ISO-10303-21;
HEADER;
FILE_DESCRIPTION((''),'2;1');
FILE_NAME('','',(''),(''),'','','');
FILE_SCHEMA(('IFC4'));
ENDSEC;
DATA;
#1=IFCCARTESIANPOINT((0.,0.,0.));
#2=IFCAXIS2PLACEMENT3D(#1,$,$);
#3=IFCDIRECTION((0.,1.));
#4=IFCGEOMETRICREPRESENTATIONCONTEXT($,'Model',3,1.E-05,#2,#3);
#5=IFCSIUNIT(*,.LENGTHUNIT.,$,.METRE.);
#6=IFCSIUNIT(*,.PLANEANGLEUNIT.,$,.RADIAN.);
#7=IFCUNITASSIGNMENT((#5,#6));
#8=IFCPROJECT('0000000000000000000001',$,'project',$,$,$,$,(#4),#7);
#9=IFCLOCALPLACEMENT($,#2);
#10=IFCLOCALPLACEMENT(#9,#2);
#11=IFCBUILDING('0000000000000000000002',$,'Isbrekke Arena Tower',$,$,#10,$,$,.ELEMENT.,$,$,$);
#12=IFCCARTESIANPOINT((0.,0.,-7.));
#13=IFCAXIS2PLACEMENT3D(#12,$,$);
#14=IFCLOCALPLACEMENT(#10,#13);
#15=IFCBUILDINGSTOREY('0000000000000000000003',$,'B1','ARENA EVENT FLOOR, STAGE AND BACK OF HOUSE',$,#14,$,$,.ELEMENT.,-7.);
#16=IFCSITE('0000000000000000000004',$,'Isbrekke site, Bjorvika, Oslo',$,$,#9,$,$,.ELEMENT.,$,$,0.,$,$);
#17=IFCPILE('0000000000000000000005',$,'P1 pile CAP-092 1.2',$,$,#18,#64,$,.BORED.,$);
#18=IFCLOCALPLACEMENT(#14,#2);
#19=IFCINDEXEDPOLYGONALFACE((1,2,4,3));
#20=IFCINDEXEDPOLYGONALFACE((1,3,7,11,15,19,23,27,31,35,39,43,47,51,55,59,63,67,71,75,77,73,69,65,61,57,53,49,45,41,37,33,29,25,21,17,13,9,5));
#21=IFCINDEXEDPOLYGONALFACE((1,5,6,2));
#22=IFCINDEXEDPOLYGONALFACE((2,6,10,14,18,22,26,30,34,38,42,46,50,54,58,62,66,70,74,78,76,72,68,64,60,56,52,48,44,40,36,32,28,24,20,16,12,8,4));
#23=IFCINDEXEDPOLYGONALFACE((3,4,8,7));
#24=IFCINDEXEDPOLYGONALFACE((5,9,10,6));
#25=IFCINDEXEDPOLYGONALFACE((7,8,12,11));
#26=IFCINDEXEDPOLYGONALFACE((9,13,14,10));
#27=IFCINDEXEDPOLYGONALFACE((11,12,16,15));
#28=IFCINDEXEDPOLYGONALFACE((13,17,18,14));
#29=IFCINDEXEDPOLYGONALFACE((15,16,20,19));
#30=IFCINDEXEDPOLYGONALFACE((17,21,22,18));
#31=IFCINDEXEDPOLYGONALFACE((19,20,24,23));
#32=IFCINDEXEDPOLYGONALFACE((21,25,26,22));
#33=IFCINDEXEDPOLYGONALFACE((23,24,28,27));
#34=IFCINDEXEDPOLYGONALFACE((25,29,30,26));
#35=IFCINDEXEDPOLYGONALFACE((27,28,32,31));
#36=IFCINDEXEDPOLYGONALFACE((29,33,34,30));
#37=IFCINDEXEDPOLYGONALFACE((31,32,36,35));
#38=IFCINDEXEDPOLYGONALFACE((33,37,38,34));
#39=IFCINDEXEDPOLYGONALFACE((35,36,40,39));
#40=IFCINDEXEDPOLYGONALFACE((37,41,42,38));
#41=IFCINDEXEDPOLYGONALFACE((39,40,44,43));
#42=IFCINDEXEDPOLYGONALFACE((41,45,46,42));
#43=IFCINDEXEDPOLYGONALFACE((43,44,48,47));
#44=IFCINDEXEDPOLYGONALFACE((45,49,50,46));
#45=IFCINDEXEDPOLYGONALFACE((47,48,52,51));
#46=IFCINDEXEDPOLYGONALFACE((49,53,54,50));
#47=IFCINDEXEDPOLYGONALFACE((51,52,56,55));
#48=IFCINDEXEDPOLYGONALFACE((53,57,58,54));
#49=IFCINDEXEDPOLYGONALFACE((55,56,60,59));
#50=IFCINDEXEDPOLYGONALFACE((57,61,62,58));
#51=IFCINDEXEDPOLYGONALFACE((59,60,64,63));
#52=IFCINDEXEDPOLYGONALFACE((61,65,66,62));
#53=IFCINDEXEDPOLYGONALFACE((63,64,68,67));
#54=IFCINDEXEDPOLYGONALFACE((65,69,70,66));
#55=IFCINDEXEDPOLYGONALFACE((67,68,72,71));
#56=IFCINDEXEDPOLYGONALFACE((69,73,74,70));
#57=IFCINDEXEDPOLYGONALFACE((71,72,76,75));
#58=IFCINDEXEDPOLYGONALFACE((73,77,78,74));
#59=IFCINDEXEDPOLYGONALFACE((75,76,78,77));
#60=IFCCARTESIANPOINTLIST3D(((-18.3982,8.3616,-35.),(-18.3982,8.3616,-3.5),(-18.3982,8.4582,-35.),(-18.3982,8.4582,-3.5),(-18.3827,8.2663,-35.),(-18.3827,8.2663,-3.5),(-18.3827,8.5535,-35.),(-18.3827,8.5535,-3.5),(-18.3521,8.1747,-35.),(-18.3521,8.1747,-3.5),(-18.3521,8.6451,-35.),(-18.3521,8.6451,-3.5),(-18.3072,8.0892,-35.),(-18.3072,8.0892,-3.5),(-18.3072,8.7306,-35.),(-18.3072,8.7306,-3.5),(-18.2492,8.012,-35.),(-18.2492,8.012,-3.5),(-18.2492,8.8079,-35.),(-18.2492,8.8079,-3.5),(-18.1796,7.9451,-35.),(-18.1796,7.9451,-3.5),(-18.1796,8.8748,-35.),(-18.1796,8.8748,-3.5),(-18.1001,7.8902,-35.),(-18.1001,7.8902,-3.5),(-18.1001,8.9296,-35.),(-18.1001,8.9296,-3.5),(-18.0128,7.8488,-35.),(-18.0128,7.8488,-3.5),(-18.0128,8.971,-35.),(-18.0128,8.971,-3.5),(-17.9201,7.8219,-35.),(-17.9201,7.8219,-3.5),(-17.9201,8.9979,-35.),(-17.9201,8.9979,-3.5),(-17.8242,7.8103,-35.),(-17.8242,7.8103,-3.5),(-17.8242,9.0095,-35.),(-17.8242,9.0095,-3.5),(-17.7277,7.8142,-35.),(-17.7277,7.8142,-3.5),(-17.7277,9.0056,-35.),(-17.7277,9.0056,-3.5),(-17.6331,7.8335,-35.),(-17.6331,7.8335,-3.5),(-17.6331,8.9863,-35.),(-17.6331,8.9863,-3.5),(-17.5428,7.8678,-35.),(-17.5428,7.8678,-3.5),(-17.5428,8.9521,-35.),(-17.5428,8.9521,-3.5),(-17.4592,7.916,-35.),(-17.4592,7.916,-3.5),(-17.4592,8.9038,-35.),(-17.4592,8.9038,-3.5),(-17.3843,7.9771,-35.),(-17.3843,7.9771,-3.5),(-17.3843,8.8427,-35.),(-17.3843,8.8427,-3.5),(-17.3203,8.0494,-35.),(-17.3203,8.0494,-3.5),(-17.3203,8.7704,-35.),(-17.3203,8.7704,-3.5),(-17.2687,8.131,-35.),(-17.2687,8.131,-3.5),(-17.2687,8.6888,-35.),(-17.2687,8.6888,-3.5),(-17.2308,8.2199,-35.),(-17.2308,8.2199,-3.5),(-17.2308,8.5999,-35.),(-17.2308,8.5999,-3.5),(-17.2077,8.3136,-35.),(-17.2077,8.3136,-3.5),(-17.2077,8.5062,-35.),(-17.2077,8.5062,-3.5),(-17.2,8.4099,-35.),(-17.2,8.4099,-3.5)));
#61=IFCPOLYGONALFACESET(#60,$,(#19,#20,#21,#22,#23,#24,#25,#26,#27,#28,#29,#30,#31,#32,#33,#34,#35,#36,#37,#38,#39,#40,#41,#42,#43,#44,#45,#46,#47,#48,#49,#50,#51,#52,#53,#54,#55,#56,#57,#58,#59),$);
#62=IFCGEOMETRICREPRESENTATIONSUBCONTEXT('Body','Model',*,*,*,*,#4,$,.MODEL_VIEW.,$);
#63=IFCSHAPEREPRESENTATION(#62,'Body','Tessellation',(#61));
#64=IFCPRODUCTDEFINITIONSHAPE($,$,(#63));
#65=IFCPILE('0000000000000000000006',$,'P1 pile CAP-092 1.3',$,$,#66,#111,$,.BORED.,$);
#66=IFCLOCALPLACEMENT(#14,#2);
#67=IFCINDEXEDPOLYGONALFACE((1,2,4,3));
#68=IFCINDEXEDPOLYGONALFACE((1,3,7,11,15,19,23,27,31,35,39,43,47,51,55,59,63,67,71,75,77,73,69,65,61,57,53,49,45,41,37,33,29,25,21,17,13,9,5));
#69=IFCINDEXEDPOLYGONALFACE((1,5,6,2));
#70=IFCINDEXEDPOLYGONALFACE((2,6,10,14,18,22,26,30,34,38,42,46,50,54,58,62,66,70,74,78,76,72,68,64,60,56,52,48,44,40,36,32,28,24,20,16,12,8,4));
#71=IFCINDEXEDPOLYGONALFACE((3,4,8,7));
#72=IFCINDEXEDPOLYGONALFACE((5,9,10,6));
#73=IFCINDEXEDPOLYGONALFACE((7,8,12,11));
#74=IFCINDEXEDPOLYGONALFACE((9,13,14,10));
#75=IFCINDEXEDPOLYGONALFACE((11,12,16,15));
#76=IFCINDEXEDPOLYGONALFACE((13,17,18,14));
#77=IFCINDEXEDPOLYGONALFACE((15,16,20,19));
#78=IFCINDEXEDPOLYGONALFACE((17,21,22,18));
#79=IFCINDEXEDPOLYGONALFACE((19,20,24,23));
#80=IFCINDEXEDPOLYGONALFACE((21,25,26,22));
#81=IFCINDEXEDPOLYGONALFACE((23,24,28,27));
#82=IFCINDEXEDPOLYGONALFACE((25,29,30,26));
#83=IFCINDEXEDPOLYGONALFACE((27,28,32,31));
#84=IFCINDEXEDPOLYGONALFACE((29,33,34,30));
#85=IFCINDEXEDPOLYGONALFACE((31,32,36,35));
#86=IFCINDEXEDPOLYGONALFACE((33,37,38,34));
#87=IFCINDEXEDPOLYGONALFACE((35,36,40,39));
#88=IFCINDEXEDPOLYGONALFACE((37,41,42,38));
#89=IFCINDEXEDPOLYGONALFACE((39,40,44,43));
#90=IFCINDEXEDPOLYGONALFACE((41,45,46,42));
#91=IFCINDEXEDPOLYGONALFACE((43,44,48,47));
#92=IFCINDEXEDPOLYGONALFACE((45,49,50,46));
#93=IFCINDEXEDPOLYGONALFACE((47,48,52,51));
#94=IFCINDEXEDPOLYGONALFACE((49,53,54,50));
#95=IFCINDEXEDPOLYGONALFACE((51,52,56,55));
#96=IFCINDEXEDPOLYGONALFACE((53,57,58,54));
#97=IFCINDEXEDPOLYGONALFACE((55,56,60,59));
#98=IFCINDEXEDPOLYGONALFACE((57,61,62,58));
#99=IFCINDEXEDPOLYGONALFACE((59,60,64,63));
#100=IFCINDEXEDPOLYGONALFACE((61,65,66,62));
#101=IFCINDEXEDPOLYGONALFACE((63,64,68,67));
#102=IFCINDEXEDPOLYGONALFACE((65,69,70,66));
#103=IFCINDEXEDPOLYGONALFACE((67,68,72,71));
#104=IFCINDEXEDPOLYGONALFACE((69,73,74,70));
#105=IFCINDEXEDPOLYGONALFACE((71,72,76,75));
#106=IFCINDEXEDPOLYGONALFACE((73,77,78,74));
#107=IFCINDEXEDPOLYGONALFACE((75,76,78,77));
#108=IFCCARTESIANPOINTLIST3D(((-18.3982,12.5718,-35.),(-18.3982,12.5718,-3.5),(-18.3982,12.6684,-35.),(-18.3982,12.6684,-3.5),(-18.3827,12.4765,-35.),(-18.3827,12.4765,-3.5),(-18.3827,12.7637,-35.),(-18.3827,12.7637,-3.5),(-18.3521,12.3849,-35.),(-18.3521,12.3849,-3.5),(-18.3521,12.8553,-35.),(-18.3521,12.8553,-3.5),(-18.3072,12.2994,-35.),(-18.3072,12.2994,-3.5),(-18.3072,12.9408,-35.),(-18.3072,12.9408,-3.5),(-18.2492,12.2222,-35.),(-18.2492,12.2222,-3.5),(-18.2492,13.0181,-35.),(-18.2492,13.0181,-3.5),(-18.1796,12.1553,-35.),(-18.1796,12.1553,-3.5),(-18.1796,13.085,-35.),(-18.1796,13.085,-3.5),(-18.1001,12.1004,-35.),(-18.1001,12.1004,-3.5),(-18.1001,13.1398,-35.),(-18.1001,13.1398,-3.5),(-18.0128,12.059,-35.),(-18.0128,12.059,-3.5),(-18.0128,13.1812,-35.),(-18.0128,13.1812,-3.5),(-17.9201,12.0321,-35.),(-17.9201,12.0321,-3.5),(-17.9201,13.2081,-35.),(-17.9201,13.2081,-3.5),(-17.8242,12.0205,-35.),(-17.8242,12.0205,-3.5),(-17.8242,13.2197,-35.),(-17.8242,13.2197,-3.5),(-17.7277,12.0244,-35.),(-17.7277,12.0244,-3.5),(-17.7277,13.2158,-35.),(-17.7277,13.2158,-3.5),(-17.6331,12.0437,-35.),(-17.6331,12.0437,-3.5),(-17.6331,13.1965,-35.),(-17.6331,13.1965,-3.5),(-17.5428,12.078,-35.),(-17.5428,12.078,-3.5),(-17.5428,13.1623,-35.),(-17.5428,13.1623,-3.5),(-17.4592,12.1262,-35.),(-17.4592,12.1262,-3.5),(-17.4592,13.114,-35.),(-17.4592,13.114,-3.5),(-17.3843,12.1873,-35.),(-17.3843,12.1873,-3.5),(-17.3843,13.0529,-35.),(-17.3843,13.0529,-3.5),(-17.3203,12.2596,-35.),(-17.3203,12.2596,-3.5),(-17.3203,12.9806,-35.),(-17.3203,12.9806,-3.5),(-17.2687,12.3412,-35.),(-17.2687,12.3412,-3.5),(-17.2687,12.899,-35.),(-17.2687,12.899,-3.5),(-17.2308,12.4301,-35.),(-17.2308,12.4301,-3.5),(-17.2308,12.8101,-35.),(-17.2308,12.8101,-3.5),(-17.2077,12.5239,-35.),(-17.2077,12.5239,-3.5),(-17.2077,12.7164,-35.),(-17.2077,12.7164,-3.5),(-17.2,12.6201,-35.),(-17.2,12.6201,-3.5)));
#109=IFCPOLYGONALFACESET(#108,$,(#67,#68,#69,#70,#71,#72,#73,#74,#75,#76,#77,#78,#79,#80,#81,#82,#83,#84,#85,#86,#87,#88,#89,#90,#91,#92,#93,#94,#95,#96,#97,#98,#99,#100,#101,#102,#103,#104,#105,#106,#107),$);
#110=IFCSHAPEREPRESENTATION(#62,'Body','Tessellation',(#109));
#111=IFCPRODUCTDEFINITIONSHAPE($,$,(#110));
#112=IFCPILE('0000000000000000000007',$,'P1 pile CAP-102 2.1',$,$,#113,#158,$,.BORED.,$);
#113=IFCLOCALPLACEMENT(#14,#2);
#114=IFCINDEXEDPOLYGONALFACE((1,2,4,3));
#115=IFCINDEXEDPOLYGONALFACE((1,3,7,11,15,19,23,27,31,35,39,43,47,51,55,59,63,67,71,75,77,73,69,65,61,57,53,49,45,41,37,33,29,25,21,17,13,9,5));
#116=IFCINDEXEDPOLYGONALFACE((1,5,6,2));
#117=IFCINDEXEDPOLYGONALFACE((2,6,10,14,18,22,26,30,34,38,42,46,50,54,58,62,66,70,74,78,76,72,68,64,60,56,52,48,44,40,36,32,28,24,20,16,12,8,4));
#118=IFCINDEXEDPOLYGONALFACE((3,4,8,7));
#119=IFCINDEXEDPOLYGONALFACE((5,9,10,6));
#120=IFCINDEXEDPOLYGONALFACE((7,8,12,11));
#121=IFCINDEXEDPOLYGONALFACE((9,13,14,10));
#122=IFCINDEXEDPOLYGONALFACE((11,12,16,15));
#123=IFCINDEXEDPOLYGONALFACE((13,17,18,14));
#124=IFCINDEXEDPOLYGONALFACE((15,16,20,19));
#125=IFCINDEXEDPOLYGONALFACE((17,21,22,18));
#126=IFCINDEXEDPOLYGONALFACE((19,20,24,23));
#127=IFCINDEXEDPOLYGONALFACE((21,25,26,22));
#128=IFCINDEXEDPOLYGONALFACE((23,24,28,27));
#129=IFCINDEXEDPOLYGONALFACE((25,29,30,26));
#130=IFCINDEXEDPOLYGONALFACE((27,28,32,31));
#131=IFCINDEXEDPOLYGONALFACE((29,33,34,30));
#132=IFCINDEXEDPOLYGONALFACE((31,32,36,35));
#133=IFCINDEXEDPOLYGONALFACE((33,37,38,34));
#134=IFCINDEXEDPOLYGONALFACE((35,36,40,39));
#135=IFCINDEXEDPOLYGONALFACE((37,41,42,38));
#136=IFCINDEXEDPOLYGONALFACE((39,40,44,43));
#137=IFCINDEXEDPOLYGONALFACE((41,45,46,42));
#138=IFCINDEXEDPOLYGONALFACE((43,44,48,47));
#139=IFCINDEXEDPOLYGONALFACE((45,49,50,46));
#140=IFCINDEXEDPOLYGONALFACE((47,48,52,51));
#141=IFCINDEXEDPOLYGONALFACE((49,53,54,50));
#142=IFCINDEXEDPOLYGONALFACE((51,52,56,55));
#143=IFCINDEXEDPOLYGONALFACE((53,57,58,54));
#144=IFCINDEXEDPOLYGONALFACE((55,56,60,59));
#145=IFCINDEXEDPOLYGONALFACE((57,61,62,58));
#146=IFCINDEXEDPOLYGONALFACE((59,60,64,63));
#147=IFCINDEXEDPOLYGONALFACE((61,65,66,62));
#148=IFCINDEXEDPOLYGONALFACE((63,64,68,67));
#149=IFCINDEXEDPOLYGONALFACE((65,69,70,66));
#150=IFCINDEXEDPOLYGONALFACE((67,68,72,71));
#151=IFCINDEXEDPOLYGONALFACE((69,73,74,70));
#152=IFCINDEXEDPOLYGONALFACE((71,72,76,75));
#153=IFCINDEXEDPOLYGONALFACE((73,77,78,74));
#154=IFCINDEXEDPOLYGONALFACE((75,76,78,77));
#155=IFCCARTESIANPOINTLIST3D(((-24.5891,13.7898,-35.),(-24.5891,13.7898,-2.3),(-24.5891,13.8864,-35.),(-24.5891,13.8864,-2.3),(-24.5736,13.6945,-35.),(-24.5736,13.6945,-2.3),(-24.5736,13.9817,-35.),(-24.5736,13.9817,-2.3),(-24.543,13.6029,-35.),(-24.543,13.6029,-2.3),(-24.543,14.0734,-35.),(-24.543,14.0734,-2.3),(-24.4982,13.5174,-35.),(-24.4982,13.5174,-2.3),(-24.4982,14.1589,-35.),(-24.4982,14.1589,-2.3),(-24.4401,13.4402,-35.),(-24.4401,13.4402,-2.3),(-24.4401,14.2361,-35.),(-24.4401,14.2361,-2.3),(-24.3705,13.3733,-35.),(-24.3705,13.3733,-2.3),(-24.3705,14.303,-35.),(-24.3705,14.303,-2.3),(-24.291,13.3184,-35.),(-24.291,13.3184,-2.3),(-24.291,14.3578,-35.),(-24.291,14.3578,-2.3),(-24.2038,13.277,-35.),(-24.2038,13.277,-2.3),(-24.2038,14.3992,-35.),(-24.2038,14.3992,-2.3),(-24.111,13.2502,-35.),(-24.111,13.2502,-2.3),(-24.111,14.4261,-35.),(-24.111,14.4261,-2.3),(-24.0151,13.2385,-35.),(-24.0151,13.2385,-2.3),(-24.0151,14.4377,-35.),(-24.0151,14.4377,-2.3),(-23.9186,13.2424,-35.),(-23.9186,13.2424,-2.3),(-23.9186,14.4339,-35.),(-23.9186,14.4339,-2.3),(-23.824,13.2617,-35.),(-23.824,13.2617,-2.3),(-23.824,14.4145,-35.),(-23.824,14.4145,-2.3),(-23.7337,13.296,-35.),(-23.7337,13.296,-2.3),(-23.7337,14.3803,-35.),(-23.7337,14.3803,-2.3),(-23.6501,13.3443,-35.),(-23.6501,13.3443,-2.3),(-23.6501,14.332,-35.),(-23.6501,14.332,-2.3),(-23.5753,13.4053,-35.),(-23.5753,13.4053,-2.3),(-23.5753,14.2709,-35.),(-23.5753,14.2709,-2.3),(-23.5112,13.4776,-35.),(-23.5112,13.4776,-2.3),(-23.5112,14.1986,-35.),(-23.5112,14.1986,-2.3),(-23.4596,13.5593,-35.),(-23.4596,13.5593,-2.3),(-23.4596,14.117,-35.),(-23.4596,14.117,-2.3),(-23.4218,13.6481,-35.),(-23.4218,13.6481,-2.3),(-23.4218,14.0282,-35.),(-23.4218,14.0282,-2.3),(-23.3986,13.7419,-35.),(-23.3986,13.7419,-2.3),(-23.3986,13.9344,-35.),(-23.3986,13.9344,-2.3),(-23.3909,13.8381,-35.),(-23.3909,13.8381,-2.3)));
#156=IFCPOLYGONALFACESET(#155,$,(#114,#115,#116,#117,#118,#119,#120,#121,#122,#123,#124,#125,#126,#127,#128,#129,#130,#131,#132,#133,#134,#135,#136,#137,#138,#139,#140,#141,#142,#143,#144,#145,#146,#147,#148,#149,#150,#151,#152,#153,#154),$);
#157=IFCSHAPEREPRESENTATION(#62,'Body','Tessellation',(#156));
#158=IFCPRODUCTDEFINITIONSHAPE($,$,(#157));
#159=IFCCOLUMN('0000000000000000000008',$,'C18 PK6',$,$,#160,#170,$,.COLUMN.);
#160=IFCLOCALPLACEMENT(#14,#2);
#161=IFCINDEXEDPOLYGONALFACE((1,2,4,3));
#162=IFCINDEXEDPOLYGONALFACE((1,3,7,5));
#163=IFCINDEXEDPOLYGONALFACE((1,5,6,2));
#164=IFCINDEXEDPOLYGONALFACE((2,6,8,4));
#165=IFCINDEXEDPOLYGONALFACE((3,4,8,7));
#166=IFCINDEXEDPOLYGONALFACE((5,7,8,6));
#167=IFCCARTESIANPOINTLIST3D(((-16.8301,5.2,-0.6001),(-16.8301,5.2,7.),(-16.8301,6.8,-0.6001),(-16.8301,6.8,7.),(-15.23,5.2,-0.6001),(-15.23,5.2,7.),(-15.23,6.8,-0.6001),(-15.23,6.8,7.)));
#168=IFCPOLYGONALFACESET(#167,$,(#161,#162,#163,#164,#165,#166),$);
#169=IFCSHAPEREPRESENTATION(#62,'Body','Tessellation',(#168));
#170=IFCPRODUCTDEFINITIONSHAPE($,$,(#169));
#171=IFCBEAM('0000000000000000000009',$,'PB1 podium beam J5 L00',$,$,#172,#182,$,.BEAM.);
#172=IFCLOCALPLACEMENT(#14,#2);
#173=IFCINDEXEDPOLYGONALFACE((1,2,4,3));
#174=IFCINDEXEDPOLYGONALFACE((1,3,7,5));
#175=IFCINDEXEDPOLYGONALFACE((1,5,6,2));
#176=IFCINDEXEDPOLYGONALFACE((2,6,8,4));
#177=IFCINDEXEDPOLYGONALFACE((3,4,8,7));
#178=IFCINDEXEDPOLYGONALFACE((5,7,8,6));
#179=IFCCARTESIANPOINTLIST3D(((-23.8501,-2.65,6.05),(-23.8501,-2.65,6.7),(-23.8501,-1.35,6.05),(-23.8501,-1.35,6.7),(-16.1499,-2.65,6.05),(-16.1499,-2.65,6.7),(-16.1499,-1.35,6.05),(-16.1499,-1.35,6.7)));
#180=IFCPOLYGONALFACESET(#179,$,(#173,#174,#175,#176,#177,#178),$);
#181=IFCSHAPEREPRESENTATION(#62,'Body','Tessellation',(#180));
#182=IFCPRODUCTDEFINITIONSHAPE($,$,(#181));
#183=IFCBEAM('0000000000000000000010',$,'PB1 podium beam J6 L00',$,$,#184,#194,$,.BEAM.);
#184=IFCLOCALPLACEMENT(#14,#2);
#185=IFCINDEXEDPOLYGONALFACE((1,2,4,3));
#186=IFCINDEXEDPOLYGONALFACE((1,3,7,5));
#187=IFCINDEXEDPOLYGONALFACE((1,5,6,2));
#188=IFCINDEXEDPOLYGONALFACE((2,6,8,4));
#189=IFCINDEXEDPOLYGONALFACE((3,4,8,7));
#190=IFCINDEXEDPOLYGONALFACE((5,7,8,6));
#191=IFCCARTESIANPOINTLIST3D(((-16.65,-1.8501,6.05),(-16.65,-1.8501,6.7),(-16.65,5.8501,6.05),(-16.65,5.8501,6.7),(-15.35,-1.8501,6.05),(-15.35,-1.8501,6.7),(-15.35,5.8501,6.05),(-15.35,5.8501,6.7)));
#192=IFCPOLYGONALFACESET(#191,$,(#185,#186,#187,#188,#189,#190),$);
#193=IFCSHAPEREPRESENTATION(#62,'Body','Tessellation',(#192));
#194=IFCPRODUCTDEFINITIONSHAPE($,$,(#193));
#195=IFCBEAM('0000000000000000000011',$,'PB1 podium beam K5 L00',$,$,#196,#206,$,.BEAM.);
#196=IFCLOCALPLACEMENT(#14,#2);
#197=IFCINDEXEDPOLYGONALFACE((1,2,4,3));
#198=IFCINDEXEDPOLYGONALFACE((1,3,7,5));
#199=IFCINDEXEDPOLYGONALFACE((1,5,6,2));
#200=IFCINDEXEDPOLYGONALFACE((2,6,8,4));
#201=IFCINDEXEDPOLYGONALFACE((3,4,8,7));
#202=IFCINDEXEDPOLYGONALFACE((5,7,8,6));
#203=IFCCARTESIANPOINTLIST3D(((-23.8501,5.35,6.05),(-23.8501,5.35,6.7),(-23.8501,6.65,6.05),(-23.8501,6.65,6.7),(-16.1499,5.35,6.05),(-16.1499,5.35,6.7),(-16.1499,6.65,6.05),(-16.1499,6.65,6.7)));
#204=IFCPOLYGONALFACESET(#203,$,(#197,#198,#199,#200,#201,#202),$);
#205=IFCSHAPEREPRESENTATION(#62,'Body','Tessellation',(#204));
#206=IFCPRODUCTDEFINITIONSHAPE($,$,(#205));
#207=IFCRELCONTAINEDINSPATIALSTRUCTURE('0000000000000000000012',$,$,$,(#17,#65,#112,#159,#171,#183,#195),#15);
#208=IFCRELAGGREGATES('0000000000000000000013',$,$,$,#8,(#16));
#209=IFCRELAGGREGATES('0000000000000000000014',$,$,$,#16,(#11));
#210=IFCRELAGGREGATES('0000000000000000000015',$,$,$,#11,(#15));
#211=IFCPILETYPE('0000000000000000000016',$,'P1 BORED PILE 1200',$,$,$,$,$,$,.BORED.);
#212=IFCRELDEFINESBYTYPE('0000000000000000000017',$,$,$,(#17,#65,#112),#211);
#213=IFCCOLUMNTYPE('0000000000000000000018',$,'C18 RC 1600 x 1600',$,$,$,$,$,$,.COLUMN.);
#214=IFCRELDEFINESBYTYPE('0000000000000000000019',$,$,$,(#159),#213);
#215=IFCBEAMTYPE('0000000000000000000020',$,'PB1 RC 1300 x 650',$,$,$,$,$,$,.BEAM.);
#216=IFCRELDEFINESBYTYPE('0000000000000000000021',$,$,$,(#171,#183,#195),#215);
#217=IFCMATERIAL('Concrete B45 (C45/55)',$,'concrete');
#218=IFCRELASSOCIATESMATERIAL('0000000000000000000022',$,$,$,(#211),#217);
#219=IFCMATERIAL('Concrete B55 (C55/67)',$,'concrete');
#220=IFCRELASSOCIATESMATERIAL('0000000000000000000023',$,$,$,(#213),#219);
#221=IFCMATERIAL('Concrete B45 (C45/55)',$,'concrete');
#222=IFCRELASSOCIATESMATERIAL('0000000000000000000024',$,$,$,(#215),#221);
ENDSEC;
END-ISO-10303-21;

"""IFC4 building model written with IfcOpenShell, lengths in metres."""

from ifc_helpers import new_model, si_unit, direction, frame, origin, origin_2d, place, context, subcontext, project, spatial, rectangle, circle, extrude, material, material_profile, profile_set, type_object, element, save


model = new_model("IFC4")

# Units and contexts
model_context = context("Model", 3, precision=1e-05, world=origin(), true_north=direction((0.0, 1.0)))
body_context = subcontext(model_context, "Body", "Model", "MODEL_VIEW")
ifc_project = project(units=[si_unit("LENGTHUNIT", "METRE"), si_unit("PLANEANGLEUNIT", "RADIAN")], contexts=[model_context])

# Site, building, storey
site_placement = place(None, origin())
site = spatial("IfcSite", under=ifc_project, at=site_placement, Name="Isbrekke site, Bjorvika, Oslo", CompositionType="ELEMENT", RefElevation=0.0)
building_placement = place(site_placement, origin())
building = spatial("IfcBuilding", under=site, at=building_placement, Name="Isbrekke Arena Tower", CompositionType="ELEMENT")
storey_placement = place(building_placement, frame((0.0, 0.0, -7.0)))
storey = spatial("IfcBuildingStorey", under=building, at=storey_placement, Name="B1", Description="ARENA EVENT FLOOR, STAGE AND BACK OF HOUSE", CompositionType="ELEMENT", Elevation=-7.0)

# Piles
ifc_material_1 = material(Name="Concrete B45 (C45/55)", Category="concrete")
ifc_material_profile_1 = material_profile(ifc_material_1, circle(Radius=0.6001, at=origin_2d()), Name="BORED PILE D1200")
ifc_profile_set_1 = profile_set([ifc_material_profile_1], Name="Concrete B45 (C45/55)")
pile_type = type_object("IfcPileType", Name="P1 BORED PILE 1200", PredefinedType="BORED", material=ifc_profile_set_1)
for number, where, z_axis, x_axis, name in (
    (1, (-17.8, 8.4099, -3.5), (0.0, 0.0, -1.0), (1.0, 0.0, 0.0), "P1 pile CAP-092 1.2"),
    (2, (-17.8, 12.6201, -3.5), (0.0, 0.0, -1.0), (1.0, 0.0, 0.0), "P1 pile CAP-092 1.3"),
):
    element("IfcPile", number, at=place(storey_placement, frame(where, z_axis=z_axis, x_axis=x_axis)), inside=storey, type_object=pile_type, Name=name, PredefinedType="BORED", context=body_context, shape_type="SweptSolid", body=[
        extrude(circle(Radius=0.6001, at=origin_2d()), origin(), (0.0, 0.0, 1.0), 31.5),
    ])
pile_placement = place(storey_placement, frame((-23.991, 13.8381, -2.3), z_axis=(0.0, 0.0, -1.0), x_axis=(1.0, 0.0, 0.0)))
element("IfcPile", 3, at=pile_placement, inside=storey, type_object=pile_type, Name="P1 pile CAP-102 2.1", PredefinedType="BORED", context=body_context, shape_type="SweptSolid", body=[
    extrude(circle(Radius=0.6001, at=origin_2d()), origin(), (0.0, 0.0, 1.0), 32.7),
])

# Column
ifc_material_2 = material(Name="Concrete B55 (C55/67)", Category="concrete")
ifc_material_profile_2 = material_profile(ifc_material_2, rectangle(XDim=1.6001, YDim=1.6001, at=origin_2d()), Name="RC 1600x1600")
ifc_profile_set_2 = profile_set([ifc_material_profile_2], Name="Concrete B55 (C55/67)")
column_type = type_object("IfcColumnType", Name="C18 RC 1600 x 1600", PredefinedType="COLUMN", material=ifc_profile_set_2)
column_placement = place(storey_placement, frame((-16.03, 6.0, -0.6001), z_axis=(0.0, 0.0, 1.0), x_axis=(1.0, 0.0, 0.0)))
element("IfcColumn", 4, at=column_placement, inside=storey, type_object=column_type, Name="C18 PK6", PredefinedType="COLUMN", context=body_context, shape_type="SweptSolid", body=[
    extrude(rectangle(XDim=1.6001, YDim=1.6001, at=origin_2d()), origin(), (0.0, 0.0, 1.0), 7.6001),
])

# Beams
ifc_material_3 = material(Name="Concrete B45 (C45/55)", Category="concrete")
ifc_material_profile_3 = material_profile(ifc_material_3, rectangle(XDim=1.3, YDim=0.6499, at=origin_2d()), Name="RC 1300x650")
ifc_profile_set_3 = profile_set([ifc_material_profile_3], Name="Concrete B45 (C45/55)")
beam_type = type_object("IfcBeamType", Name="PB1 RC 1300 x 650", PredefinedType="BEAM", material=ifc_profile_set_3)
for number, where, z_axis, x_axis, name in (
    (5, (-23.8501, -2.0, 6.375), (1.0, 0.0, 0.0), (0.0, 1.0, 0.0), "PB1 podium beam J5 L00"),
    (6, (-16.0, -1.8501, 6.375), (0.0, 1.0, 0.0), (-1.0, 0.0, 0.0), "PB1 podium beam J6 L00"),
    (7, (-23.8501, 6.0, 6.375), (1.0, 0.0, 0.0), (0.0, 1.0, 0.0), "PB1 podium beam K5 L00"),
):
    element("IfcBeam", number, at=place(storey_placement, frame(where, z_axis=z_axis, x_axis=x_axis)), inside=storey, type_object=beam_type, Name=name, PredefinedType="BEAM", context=body_context, shape_type="SweptSolid", body=[
        extrude(rectangle(XDim=1.3, YDim=0.6499, at=origin_2d()), origin(), (0.0, 0.0, 1.0), 7.7002),
    ])

save(model, "model.ifc")
